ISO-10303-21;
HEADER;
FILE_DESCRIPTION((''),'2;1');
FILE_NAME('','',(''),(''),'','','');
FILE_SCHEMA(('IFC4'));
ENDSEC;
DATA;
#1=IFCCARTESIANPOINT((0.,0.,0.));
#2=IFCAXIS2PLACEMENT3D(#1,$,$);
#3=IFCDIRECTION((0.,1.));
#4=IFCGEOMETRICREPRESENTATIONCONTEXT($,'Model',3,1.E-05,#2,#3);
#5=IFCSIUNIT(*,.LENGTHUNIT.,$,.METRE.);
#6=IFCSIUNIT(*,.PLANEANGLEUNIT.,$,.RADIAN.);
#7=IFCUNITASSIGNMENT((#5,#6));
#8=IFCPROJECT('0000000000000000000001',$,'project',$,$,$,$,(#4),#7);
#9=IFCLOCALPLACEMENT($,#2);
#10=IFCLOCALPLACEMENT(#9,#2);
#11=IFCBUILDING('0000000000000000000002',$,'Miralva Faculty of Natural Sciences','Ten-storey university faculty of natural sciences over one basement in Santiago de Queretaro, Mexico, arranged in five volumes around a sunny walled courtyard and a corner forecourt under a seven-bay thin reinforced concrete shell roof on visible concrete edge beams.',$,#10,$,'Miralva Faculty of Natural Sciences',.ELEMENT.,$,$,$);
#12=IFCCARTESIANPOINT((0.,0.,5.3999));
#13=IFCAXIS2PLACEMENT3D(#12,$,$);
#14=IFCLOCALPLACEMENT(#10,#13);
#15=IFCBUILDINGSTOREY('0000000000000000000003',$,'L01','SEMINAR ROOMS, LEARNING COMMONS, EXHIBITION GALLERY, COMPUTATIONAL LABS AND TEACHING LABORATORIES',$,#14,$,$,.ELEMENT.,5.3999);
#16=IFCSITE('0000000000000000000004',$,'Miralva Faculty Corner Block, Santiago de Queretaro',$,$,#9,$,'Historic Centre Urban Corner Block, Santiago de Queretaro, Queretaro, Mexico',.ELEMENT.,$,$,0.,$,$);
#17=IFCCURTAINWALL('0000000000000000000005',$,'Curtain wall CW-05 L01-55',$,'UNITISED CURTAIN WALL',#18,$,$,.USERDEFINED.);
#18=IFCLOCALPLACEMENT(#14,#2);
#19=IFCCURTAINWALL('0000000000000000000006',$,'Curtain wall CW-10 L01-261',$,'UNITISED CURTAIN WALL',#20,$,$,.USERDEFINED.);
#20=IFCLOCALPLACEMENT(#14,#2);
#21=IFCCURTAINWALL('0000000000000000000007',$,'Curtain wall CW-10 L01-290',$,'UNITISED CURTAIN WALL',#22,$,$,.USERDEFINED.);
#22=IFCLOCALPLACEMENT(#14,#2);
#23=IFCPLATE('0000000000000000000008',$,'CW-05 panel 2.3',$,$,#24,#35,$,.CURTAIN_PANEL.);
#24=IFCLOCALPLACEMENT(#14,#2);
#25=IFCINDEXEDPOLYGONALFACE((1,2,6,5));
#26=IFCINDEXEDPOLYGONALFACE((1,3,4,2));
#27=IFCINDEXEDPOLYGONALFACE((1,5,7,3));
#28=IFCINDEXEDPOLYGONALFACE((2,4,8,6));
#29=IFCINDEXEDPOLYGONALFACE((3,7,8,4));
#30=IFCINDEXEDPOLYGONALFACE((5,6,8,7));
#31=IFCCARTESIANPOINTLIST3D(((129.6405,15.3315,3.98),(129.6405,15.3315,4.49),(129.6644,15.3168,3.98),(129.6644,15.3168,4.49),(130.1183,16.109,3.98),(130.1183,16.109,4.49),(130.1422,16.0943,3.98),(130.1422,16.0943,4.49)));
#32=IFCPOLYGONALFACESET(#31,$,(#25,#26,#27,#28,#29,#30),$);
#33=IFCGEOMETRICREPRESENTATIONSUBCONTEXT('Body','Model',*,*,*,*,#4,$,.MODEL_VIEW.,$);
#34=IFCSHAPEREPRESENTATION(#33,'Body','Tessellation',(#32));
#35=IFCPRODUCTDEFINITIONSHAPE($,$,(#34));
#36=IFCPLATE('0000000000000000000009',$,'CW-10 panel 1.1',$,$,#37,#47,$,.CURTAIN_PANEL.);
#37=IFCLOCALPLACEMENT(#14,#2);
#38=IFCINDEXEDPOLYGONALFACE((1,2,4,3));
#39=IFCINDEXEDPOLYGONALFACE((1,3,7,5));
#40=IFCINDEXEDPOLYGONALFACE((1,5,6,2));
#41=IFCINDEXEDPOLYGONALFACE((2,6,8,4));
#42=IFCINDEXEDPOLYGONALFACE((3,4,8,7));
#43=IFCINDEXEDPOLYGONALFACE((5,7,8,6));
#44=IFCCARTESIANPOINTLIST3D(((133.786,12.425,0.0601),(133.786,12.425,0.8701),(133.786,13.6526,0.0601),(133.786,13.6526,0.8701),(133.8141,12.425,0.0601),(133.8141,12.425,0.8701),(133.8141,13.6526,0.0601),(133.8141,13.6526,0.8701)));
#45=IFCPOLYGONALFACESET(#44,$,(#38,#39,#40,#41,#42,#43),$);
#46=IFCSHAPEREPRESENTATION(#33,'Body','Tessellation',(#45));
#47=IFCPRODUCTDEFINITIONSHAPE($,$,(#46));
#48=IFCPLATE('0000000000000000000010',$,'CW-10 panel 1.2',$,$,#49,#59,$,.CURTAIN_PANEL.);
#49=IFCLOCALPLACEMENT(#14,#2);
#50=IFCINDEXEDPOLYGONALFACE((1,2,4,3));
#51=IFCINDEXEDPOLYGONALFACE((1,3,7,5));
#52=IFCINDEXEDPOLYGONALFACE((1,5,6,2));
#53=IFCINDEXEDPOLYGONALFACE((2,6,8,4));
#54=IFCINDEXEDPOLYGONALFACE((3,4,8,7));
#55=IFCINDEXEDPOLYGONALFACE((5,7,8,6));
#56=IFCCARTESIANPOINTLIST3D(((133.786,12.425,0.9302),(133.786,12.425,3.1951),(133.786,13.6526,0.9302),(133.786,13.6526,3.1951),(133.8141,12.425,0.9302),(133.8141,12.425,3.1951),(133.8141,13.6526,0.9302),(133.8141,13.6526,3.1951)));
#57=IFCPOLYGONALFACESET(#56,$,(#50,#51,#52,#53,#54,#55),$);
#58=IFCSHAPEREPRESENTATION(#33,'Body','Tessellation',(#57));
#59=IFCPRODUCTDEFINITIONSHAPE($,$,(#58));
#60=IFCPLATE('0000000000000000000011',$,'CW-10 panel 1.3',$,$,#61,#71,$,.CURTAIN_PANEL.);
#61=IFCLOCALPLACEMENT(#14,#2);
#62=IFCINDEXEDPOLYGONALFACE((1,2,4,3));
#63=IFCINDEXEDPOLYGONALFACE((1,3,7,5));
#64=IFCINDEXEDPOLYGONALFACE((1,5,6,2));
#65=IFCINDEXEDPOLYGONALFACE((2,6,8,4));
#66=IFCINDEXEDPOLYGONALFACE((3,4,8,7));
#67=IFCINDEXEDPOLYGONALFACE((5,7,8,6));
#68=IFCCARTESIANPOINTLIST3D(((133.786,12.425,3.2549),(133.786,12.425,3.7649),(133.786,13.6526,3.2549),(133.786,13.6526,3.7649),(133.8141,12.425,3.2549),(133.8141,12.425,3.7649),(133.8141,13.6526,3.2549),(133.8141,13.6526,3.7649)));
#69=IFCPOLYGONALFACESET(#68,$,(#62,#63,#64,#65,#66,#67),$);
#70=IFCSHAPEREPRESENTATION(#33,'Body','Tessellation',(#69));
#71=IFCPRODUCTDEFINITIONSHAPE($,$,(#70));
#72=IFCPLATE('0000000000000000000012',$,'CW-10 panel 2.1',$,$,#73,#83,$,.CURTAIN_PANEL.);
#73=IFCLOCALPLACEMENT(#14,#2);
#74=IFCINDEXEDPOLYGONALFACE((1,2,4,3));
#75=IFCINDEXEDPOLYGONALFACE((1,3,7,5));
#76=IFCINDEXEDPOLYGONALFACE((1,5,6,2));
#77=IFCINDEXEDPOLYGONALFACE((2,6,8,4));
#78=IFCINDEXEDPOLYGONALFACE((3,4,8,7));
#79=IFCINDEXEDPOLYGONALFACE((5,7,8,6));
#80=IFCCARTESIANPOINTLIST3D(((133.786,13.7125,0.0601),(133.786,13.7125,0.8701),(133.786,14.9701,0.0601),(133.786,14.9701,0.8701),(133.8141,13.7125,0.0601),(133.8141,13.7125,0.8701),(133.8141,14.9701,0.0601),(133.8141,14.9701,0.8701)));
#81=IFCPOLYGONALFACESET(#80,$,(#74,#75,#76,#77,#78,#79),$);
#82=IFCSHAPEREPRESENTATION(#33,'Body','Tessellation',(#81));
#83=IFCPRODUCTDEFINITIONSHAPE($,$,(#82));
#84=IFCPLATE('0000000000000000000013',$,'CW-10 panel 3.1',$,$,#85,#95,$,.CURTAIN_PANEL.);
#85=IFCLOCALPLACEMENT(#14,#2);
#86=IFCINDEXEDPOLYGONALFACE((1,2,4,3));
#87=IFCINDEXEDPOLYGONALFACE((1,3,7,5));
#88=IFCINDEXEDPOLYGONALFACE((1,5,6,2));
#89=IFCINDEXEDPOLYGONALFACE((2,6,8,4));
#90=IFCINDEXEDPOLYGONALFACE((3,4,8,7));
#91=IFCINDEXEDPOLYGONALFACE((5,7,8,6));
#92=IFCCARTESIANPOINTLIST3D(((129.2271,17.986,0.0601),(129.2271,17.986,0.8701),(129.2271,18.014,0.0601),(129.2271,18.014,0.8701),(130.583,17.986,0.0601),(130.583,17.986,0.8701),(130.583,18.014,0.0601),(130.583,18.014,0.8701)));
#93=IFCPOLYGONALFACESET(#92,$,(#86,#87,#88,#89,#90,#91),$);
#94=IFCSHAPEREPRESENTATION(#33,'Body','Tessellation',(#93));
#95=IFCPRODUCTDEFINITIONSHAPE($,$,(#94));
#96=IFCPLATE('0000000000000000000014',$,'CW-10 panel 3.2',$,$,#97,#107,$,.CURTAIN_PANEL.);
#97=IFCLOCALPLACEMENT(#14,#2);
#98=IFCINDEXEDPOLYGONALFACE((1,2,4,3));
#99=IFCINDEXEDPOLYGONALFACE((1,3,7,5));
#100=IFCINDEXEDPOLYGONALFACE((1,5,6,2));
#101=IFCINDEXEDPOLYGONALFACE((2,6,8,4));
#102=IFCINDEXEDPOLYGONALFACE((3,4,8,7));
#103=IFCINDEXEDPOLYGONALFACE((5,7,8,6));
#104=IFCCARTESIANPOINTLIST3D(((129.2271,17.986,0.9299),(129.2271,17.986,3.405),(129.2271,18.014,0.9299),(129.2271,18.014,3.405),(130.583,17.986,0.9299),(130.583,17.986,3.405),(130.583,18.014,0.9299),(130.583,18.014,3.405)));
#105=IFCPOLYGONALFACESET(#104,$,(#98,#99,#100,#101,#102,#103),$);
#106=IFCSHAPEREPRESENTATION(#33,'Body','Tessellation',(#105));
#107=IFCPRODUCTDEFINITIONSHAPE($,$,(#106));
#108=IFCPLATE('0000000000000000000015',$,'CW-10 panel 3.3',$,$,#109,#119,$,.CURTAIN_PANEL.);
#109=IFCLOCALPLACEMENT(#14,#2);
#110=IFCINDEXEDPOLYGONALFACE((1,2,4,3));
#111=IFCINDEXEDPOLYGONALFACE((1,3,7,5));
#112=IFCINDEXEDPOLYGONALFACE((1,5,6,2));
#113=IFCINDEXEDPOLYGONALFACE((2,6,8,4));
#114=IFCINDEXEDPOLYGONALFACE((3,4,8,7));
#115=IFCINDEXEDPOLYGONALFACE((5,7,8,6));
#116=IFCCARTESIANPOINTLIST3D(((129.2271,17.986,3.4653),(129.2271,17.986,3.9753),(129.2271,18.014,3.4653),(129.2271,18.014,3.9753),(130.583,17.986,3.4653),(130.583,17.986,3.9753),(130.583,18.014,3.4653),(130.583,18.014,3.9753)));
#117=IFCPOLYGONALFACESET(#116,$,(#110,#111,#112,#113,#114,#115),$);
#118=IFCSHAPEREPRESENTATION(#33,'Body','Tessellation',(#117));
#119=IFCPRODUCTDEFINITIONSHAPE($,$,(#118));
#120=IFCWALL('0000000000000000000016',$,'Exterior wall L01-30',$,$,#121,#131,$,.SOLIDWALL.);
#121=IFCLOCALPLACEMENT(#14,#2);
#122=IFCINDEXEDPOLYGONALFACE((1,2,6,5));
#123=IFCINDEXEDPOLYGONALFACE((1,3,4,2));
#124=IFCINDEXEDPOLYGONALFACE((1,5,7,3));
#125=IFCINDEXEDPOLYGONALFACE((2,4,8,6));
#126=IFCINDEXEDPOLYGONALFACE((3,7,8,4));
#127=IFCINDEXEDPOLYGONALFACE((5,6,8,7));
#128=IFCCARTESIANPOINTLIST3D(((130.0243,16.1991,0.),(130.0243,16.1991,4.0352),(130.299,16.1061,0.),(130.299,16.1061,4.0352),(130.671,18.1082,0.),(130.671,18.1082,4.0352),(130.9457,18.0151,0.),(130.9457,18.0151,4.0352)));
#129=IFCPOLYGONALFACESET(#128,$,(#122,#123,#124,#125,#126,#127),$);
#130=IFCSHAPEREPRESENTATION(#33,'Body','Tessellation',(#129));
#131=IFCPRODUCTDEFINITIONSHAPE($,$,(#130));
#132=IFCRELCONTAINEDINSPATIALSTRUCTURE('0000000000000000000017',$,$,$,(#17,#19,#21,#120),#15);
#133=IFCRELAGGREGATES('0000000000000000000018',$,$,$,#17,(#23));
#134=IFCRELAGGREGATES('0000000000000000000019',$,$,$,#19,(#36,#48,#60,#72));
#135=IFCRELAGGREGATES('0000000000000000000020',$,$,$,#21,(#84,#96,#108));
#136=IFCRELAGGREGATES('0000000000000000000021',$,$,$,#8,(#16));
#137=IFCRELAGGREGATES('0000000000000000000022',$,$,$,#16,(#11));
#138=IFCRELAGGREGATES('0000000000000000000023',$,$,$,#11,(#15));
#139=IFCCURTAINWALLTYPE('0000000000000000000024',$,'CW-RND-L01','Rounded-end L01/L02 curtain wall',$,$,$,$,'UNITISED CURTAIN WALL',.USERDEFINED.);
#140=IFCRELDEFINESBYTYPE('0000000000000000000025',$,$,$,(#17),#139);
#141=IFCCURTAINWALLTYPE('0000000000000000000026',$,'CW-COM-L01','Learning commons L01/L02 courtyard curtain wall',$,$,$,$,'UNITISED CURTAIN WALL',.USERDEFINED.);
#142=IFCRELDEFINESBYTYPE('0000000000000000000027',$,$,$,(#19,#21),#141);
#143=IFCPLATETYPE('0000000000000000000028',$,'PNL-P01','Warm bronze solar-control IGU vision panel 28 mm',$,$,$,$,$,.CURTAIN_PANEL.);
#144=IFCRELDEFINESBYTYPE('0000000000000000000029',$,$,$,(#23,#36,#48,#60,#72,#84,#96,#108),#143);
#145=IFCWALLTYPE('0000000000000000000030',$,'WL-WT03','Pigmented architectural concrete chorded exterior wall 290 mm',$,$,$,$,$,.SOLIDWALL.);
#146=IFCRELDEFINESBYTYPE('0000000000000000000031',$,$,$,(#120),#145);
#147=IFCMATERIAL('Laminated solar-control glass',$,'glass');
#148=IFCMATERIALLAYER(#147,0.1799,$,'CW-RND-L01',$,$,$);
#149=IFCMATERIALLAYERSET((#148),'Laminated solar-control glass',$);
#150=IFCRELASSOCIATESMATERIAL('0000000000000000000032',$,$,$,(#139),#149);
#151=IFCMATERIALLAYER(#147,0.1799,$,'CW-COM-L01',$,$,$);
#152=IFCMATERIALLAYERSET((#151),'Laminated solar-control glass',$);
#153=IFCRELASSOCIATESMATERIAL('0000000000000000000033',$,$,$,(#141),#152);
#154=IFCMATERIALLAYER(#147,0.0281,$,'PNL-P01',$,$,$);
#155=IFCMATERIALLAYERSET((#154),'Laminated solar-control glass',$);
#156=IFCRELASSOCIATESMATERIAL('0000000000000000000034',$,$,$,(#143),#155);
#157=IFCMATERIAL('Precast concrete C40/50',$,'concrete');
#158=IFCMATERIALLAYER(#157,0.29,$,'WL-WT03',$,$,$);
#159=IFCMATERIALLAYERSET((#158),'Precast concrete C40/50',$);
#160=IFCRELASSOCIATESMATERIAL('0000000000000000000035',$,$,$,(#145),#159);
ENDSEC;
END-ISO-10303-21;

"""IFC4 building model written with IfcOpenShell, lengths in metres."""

from ifc_helpers import new_model, si_unit, direction, frame, frame_2d, origin, origin_2d, place, context, subcontext, project, spatial, rectangle, extrude, material, layer, layer_set, type_object, element, aggregate, save


model = new_model("IFC4")

# Units and contexts
model_context = context("Model", 3, precision=1e-05, world=origin(), true_north=direction((0.0, 1.0)))
body_context = subcontext(model_context, "Body", "Model", "MODEL_VIEW")
ifc_project = project(units=[si_unit("LENGTHUNIT", "METRE"), si_unit("PLANEANGLEUNIT", "RADIAN")], contexts=[model_context])

# Site, building, storey
site_placement = place(None, origin())
site = spatial("IfcSite", under=ifc_project, at=site_placement, Name="Miralva Faculty Corner Block, Santiago de Queretaro", LongName="Historic Centre Urban Corner Block, Santiago de Queretaro, Queretaro, Mexico", CompositionType="ELEMENT", RefElevation=0.0)
building_placement = place(site_placement, origin())
building = spatial("IfcBuilding", under=site, at=building_placement, Name="Miralva Faculty of Natural Sciences", Description="Ten-storey university faculty of natural sciences over one basement in Santiago de Queretaro, Mexico, arranged in five volumes around a sunny walled courtyard and a corner forecourt under a seven-bay thin reinforced concrete shell roof on visible concrete edge beams.", LongName="Miralva Faculty of Natural Sciences", CompositionType="ELEMENT")
storey_placement = place(building_placement, frame((0.0, 0.0, 5.3999)))
storey = spatial("IfcBuildingStorey", under=building, at=storey_placement, Name="L01", Description="SEMINAR ROOMS, LEARNING COMMONS, EXHIBITION GALLERY, COMPUTATIONAL LABS AND TEACHING LABORATORIES", CompositionType="ELEMENT", Elevation=5.3999)

# Curtain walls
ifc_material_1 = material(Name="Laminated solar-control glass", Category="glass")
ifc_layer_1 = layer(ifc_material_1, 0.1799, Name="CW-RND-L01")
ifc_layer_set_1 = layer_set([ifc_layer_1], Name="Laminated solar-control glass")
curtain_wall_type_1 = type_object("IfcCurtainWallType", Name="CW-RND-L01", Description="Rounded-end L01/L02 curtain wall", ElementType="UNITISED CURTAIN WALL", PredefinedType="USERDEFINED", material=ifc_layer_set_1)
curtain_wall_1_placement = place(storey_placement, origin())
curtain_wall_1 = element("IfcCurtainWall", 1, at=curtain_wall_1_placement, inside=storey, type_object=curtain_wall_type_1, Name="Curtain wall CW-05 L01-55", ObjectType="UNITISED CURTAIN WALL", PredefinedType="USERDEFINED")
ifc_layer_2 = layer(ifc_material_1, 0.1799, Name="CW-COM-L01")
ifc_layer_set_2 = layer_set([ifc_layer_2], Name="Laminated solar-control glass")
curtain_wall_type_2 = type_object("IfcCurtainWallType", Name="CW-COM-L01", Description="Learning commons L01/L02 courtyard curtain wall", ElementType="UNITISED CURTAIN WALL", PredefinedType="USERDEFINED", material=ifc_layer_set_2)
curtain_wall_2_placement = place(storey_placement, origin())
curtain_wall_2 = element("IfcCurtainWall", 2, at=curtain_wall_2_placement, inside=storey, type_object=curtain_wall_type_2, Name="Curtain wall CW-10 L01-261", ObjectType="UNITISED CURTAIN WALL", PredefinedType="USERDEFINED")

# Curtain wall
curtain_wall_3_placement = place(storey_placement, origin())
curtain_wall_3 = element("IfcCurtainWall", 3, at=curtain_wall_3_placement, inside=storey, type_object=curtain_wall_type_2, Name="Curtain wall CW-10 L01-290", ObjectType="UNITISED CURTAIN WALL", PredefinedType="USERDEFINED")

# Plates
ifc_layer_3 = layer(ifc_material_1, 0.0281, Name="PNL-P01")
ifc_layer_set_3 = layer_set([ifc_layer_3], Name="Laminated solar-control glass")
plate_type = type_object("IfcPlateType", Name="PNL-P01", Description="Warm bronze solar-control IGU vision panel 28 mm", PredefinedType="CURTAIN_PANEL", material=ifc_layer_set_3)
plate_1_placement = place(storey_placement, frame((129.8914, 15.7129, 3.98), z_axis=(0.0, 0.0, 1.0), x_axis=(0.523551, 0.851995, 0.0)))
plate_1 = element("IfcPlate", 4, at=plate_1_placement, type_object=plate_type, Name="CW-05 panel 2.3", PredefinedType="CURTAIN_PANEL", context=body_context, shape_type="SweptSolid", body=[
    extrude(rectangle(XDim=0.9126, YDim=0.0281, at=origin_2d()), origin(), (0.0, 0.0, 1.0), 0.51),
])
aggregate(curtain_wall_1, [plate_1])
plate_2_placement = place(storey_placement, frame((133.8, 13.0388, 0.0601), z_axis=(0.0, 0.0, 1.0), x_axis=(0.0, 1.0, 0.0)))
plate_2 = element("IfcPlate", 5, at=plate_2_placement, type_object=plate_type, Name="CW-10 panel 1.1", PredefinedType="CURTAIN_PANEL", context=body_context, shape_type="SweptSolid", body=[
    extrude(rectangle(XDim=1.2275, YDim=0.0281, at=origin_2d()), origin(), (0.0, 0.0, 1.0), 0.8101),
])
plate_3_placement = place(storey_placement, frame((133.8, 13.0388, 0.9302), z_axis=(0.0, 0.0, 1.0), x_axis=(0.0, 1.0, 0.0)))
plate_3 = element("IfcPlate", 6, at=plate_3_placement, type_object=plate_type, Name="CW-10 panel 1.2", PredefinedType="CURTAIN_PANEL", context=body_context, shape_type="SweptSolid", body=[
    extrude(rectangle(XDim=1.2275, YDim=0.0281, at=origin_2d()), origin(), (0.0, 0.0, 1.0), 2.2649),
])
plate_4_placement = place(storey_placement, frame((133.8, 13.0388, 3.2549), z_axis=(0.0, 0.0, 1.0), x_axis=(0.0, 1.0, 0.0)))
plate_4 = element("IfcPlate", 7, at=plate_4_placement, type_object=plate_type, Name="CW-10 panel 1.3", PredefinedType="CURTAIN_PANEL", context=body_context, shape_type="SweptSolid", body=[
    extrude(rectangle(XDim=1.2275, YDim=0.0281, at=origin_2d()), origin(), (0.0, 0.0, 1.0), 0.51),
])
plate_5_placement = place(storey_placement, frame((133.8, 14.3413, 0.0601), z_axis=(0.0, 0.0, 1.0), x_axis=(0.0, 1.0, 0.0)))
plate_5 = element("IfcPlate", 8, at=plate_5_placement, type_object=plate_type, Name="CW-10 panel 2.1", PredefinedType="CURTAIN_PANEL", context=body_context, shape_type="SweptSolid", body=[
    extrude(rectangle(XDim=1.2576, YDim=0.0281, at=origin_2d()), origin(), (0.0, 0.0, 1.0), 0.8101),
])
aggregate(curtain_wall_2, [plate_2, plate_3, plate_4, plate_5])
plate_6_placement = place(storey_placement, frame((129.905, 18.0, 0.0601), z_axis=(0.0, 0.0, 1.0), x_axis=(1.0, 0.0, 0.0)))
plate_6 = element("IfcPlate", 9, at=plate_6_placement, type_object=plate_type, Name="CW-10 panel 3.1", PredefinedType="CURTAIN_PANEL", context=body_context, shape_type="SweptSolid", body=[
    extrude(rectangle(XDim=1.356, YDim=0.0281, at=origin_2d()), origin(), (0.0, 0.0, 1.0), 0.8101),
])
plate_7_placement = place(storey_placement, frame((129.905, 18.0, 0.9299), z_axis=(0.0, 0.0, 1.0), x_axis=(1.0, 0.0, 0.0)))
plate_7 = element("IfcPlate", 10, at=plate_7_placement, type_object=plate_type, Name="CW-10 panel 3.2", PredefinedType="CURTAIN_PANEL", context=body_context, shape_type="SweptSolid", body=[
    extrude(rectangle(XDim=1.356, YDim=0.0281, at=origin_2d()), origin(), (0.0, 0.0, 1.0), 2.4751),
])
plate_8_placement = place(storey_placement, frame((129.905, 18.0, 3.4653), z_axis=(0.0, 0.0, 1.0), x_axis=(1.0, 0.0, 0.0)))
plate_8 = element("IfcPlate", 11, at=plate_8_placement, type_object=plate_type, Name="CW-10 panel 3.3", PredefinedType="CURTAIN_PANEL", context=body_context, shape_type="SweptSolid", body=[
    extrude(rectangle(XDim=1.356, YDim=0.0281, at=origin_2d()), origin(), (0.0, 0.0, 1.0), 0.51),
])
aggregate(curtain_wall_3, [plate_6, plate_7, plate_8])

# Wall
ifc_material_2 = material(Name="Precast concrete C40/50", Category="concrete")
ifc_layer_4 = layer(ifc_material_2, 0.29, Name="WL-WT03")
ifc_layer_set_4 = layer_set([ifc_layer_4], Name="Precast concrete C40/50")
wall_type = type_object("IfcWallType", Name="WL-WT03", Description="Pigmented architectural concrete chorded exterior wall 290 mm", PredefinedType="SOLIDWALL", material=ifc_layer_set_4)
wall_placement = place(storey_placement, frame((130.1616, 16.1526, 0.0), z_axis=(0.0, 0.0, 1.0), x_axis=(0.320875, 0.947121, 0.0)))
element("IfcWall", 12, at=wall_placement, inside=storey, type_object=wall_type, Name="Exterior wall L01-30", PredefinedType="SOLIDWALL", context=body_context, shape_type="SweptSolid", body=[
    extrude(rectangle(XDim=2.0156, YDim=0.29, at=frame_2d((1.0078, 0.0))), origin(), (0.0, 0.0, 1.0), 4.0352),
])

save(model, "model.ifc")
